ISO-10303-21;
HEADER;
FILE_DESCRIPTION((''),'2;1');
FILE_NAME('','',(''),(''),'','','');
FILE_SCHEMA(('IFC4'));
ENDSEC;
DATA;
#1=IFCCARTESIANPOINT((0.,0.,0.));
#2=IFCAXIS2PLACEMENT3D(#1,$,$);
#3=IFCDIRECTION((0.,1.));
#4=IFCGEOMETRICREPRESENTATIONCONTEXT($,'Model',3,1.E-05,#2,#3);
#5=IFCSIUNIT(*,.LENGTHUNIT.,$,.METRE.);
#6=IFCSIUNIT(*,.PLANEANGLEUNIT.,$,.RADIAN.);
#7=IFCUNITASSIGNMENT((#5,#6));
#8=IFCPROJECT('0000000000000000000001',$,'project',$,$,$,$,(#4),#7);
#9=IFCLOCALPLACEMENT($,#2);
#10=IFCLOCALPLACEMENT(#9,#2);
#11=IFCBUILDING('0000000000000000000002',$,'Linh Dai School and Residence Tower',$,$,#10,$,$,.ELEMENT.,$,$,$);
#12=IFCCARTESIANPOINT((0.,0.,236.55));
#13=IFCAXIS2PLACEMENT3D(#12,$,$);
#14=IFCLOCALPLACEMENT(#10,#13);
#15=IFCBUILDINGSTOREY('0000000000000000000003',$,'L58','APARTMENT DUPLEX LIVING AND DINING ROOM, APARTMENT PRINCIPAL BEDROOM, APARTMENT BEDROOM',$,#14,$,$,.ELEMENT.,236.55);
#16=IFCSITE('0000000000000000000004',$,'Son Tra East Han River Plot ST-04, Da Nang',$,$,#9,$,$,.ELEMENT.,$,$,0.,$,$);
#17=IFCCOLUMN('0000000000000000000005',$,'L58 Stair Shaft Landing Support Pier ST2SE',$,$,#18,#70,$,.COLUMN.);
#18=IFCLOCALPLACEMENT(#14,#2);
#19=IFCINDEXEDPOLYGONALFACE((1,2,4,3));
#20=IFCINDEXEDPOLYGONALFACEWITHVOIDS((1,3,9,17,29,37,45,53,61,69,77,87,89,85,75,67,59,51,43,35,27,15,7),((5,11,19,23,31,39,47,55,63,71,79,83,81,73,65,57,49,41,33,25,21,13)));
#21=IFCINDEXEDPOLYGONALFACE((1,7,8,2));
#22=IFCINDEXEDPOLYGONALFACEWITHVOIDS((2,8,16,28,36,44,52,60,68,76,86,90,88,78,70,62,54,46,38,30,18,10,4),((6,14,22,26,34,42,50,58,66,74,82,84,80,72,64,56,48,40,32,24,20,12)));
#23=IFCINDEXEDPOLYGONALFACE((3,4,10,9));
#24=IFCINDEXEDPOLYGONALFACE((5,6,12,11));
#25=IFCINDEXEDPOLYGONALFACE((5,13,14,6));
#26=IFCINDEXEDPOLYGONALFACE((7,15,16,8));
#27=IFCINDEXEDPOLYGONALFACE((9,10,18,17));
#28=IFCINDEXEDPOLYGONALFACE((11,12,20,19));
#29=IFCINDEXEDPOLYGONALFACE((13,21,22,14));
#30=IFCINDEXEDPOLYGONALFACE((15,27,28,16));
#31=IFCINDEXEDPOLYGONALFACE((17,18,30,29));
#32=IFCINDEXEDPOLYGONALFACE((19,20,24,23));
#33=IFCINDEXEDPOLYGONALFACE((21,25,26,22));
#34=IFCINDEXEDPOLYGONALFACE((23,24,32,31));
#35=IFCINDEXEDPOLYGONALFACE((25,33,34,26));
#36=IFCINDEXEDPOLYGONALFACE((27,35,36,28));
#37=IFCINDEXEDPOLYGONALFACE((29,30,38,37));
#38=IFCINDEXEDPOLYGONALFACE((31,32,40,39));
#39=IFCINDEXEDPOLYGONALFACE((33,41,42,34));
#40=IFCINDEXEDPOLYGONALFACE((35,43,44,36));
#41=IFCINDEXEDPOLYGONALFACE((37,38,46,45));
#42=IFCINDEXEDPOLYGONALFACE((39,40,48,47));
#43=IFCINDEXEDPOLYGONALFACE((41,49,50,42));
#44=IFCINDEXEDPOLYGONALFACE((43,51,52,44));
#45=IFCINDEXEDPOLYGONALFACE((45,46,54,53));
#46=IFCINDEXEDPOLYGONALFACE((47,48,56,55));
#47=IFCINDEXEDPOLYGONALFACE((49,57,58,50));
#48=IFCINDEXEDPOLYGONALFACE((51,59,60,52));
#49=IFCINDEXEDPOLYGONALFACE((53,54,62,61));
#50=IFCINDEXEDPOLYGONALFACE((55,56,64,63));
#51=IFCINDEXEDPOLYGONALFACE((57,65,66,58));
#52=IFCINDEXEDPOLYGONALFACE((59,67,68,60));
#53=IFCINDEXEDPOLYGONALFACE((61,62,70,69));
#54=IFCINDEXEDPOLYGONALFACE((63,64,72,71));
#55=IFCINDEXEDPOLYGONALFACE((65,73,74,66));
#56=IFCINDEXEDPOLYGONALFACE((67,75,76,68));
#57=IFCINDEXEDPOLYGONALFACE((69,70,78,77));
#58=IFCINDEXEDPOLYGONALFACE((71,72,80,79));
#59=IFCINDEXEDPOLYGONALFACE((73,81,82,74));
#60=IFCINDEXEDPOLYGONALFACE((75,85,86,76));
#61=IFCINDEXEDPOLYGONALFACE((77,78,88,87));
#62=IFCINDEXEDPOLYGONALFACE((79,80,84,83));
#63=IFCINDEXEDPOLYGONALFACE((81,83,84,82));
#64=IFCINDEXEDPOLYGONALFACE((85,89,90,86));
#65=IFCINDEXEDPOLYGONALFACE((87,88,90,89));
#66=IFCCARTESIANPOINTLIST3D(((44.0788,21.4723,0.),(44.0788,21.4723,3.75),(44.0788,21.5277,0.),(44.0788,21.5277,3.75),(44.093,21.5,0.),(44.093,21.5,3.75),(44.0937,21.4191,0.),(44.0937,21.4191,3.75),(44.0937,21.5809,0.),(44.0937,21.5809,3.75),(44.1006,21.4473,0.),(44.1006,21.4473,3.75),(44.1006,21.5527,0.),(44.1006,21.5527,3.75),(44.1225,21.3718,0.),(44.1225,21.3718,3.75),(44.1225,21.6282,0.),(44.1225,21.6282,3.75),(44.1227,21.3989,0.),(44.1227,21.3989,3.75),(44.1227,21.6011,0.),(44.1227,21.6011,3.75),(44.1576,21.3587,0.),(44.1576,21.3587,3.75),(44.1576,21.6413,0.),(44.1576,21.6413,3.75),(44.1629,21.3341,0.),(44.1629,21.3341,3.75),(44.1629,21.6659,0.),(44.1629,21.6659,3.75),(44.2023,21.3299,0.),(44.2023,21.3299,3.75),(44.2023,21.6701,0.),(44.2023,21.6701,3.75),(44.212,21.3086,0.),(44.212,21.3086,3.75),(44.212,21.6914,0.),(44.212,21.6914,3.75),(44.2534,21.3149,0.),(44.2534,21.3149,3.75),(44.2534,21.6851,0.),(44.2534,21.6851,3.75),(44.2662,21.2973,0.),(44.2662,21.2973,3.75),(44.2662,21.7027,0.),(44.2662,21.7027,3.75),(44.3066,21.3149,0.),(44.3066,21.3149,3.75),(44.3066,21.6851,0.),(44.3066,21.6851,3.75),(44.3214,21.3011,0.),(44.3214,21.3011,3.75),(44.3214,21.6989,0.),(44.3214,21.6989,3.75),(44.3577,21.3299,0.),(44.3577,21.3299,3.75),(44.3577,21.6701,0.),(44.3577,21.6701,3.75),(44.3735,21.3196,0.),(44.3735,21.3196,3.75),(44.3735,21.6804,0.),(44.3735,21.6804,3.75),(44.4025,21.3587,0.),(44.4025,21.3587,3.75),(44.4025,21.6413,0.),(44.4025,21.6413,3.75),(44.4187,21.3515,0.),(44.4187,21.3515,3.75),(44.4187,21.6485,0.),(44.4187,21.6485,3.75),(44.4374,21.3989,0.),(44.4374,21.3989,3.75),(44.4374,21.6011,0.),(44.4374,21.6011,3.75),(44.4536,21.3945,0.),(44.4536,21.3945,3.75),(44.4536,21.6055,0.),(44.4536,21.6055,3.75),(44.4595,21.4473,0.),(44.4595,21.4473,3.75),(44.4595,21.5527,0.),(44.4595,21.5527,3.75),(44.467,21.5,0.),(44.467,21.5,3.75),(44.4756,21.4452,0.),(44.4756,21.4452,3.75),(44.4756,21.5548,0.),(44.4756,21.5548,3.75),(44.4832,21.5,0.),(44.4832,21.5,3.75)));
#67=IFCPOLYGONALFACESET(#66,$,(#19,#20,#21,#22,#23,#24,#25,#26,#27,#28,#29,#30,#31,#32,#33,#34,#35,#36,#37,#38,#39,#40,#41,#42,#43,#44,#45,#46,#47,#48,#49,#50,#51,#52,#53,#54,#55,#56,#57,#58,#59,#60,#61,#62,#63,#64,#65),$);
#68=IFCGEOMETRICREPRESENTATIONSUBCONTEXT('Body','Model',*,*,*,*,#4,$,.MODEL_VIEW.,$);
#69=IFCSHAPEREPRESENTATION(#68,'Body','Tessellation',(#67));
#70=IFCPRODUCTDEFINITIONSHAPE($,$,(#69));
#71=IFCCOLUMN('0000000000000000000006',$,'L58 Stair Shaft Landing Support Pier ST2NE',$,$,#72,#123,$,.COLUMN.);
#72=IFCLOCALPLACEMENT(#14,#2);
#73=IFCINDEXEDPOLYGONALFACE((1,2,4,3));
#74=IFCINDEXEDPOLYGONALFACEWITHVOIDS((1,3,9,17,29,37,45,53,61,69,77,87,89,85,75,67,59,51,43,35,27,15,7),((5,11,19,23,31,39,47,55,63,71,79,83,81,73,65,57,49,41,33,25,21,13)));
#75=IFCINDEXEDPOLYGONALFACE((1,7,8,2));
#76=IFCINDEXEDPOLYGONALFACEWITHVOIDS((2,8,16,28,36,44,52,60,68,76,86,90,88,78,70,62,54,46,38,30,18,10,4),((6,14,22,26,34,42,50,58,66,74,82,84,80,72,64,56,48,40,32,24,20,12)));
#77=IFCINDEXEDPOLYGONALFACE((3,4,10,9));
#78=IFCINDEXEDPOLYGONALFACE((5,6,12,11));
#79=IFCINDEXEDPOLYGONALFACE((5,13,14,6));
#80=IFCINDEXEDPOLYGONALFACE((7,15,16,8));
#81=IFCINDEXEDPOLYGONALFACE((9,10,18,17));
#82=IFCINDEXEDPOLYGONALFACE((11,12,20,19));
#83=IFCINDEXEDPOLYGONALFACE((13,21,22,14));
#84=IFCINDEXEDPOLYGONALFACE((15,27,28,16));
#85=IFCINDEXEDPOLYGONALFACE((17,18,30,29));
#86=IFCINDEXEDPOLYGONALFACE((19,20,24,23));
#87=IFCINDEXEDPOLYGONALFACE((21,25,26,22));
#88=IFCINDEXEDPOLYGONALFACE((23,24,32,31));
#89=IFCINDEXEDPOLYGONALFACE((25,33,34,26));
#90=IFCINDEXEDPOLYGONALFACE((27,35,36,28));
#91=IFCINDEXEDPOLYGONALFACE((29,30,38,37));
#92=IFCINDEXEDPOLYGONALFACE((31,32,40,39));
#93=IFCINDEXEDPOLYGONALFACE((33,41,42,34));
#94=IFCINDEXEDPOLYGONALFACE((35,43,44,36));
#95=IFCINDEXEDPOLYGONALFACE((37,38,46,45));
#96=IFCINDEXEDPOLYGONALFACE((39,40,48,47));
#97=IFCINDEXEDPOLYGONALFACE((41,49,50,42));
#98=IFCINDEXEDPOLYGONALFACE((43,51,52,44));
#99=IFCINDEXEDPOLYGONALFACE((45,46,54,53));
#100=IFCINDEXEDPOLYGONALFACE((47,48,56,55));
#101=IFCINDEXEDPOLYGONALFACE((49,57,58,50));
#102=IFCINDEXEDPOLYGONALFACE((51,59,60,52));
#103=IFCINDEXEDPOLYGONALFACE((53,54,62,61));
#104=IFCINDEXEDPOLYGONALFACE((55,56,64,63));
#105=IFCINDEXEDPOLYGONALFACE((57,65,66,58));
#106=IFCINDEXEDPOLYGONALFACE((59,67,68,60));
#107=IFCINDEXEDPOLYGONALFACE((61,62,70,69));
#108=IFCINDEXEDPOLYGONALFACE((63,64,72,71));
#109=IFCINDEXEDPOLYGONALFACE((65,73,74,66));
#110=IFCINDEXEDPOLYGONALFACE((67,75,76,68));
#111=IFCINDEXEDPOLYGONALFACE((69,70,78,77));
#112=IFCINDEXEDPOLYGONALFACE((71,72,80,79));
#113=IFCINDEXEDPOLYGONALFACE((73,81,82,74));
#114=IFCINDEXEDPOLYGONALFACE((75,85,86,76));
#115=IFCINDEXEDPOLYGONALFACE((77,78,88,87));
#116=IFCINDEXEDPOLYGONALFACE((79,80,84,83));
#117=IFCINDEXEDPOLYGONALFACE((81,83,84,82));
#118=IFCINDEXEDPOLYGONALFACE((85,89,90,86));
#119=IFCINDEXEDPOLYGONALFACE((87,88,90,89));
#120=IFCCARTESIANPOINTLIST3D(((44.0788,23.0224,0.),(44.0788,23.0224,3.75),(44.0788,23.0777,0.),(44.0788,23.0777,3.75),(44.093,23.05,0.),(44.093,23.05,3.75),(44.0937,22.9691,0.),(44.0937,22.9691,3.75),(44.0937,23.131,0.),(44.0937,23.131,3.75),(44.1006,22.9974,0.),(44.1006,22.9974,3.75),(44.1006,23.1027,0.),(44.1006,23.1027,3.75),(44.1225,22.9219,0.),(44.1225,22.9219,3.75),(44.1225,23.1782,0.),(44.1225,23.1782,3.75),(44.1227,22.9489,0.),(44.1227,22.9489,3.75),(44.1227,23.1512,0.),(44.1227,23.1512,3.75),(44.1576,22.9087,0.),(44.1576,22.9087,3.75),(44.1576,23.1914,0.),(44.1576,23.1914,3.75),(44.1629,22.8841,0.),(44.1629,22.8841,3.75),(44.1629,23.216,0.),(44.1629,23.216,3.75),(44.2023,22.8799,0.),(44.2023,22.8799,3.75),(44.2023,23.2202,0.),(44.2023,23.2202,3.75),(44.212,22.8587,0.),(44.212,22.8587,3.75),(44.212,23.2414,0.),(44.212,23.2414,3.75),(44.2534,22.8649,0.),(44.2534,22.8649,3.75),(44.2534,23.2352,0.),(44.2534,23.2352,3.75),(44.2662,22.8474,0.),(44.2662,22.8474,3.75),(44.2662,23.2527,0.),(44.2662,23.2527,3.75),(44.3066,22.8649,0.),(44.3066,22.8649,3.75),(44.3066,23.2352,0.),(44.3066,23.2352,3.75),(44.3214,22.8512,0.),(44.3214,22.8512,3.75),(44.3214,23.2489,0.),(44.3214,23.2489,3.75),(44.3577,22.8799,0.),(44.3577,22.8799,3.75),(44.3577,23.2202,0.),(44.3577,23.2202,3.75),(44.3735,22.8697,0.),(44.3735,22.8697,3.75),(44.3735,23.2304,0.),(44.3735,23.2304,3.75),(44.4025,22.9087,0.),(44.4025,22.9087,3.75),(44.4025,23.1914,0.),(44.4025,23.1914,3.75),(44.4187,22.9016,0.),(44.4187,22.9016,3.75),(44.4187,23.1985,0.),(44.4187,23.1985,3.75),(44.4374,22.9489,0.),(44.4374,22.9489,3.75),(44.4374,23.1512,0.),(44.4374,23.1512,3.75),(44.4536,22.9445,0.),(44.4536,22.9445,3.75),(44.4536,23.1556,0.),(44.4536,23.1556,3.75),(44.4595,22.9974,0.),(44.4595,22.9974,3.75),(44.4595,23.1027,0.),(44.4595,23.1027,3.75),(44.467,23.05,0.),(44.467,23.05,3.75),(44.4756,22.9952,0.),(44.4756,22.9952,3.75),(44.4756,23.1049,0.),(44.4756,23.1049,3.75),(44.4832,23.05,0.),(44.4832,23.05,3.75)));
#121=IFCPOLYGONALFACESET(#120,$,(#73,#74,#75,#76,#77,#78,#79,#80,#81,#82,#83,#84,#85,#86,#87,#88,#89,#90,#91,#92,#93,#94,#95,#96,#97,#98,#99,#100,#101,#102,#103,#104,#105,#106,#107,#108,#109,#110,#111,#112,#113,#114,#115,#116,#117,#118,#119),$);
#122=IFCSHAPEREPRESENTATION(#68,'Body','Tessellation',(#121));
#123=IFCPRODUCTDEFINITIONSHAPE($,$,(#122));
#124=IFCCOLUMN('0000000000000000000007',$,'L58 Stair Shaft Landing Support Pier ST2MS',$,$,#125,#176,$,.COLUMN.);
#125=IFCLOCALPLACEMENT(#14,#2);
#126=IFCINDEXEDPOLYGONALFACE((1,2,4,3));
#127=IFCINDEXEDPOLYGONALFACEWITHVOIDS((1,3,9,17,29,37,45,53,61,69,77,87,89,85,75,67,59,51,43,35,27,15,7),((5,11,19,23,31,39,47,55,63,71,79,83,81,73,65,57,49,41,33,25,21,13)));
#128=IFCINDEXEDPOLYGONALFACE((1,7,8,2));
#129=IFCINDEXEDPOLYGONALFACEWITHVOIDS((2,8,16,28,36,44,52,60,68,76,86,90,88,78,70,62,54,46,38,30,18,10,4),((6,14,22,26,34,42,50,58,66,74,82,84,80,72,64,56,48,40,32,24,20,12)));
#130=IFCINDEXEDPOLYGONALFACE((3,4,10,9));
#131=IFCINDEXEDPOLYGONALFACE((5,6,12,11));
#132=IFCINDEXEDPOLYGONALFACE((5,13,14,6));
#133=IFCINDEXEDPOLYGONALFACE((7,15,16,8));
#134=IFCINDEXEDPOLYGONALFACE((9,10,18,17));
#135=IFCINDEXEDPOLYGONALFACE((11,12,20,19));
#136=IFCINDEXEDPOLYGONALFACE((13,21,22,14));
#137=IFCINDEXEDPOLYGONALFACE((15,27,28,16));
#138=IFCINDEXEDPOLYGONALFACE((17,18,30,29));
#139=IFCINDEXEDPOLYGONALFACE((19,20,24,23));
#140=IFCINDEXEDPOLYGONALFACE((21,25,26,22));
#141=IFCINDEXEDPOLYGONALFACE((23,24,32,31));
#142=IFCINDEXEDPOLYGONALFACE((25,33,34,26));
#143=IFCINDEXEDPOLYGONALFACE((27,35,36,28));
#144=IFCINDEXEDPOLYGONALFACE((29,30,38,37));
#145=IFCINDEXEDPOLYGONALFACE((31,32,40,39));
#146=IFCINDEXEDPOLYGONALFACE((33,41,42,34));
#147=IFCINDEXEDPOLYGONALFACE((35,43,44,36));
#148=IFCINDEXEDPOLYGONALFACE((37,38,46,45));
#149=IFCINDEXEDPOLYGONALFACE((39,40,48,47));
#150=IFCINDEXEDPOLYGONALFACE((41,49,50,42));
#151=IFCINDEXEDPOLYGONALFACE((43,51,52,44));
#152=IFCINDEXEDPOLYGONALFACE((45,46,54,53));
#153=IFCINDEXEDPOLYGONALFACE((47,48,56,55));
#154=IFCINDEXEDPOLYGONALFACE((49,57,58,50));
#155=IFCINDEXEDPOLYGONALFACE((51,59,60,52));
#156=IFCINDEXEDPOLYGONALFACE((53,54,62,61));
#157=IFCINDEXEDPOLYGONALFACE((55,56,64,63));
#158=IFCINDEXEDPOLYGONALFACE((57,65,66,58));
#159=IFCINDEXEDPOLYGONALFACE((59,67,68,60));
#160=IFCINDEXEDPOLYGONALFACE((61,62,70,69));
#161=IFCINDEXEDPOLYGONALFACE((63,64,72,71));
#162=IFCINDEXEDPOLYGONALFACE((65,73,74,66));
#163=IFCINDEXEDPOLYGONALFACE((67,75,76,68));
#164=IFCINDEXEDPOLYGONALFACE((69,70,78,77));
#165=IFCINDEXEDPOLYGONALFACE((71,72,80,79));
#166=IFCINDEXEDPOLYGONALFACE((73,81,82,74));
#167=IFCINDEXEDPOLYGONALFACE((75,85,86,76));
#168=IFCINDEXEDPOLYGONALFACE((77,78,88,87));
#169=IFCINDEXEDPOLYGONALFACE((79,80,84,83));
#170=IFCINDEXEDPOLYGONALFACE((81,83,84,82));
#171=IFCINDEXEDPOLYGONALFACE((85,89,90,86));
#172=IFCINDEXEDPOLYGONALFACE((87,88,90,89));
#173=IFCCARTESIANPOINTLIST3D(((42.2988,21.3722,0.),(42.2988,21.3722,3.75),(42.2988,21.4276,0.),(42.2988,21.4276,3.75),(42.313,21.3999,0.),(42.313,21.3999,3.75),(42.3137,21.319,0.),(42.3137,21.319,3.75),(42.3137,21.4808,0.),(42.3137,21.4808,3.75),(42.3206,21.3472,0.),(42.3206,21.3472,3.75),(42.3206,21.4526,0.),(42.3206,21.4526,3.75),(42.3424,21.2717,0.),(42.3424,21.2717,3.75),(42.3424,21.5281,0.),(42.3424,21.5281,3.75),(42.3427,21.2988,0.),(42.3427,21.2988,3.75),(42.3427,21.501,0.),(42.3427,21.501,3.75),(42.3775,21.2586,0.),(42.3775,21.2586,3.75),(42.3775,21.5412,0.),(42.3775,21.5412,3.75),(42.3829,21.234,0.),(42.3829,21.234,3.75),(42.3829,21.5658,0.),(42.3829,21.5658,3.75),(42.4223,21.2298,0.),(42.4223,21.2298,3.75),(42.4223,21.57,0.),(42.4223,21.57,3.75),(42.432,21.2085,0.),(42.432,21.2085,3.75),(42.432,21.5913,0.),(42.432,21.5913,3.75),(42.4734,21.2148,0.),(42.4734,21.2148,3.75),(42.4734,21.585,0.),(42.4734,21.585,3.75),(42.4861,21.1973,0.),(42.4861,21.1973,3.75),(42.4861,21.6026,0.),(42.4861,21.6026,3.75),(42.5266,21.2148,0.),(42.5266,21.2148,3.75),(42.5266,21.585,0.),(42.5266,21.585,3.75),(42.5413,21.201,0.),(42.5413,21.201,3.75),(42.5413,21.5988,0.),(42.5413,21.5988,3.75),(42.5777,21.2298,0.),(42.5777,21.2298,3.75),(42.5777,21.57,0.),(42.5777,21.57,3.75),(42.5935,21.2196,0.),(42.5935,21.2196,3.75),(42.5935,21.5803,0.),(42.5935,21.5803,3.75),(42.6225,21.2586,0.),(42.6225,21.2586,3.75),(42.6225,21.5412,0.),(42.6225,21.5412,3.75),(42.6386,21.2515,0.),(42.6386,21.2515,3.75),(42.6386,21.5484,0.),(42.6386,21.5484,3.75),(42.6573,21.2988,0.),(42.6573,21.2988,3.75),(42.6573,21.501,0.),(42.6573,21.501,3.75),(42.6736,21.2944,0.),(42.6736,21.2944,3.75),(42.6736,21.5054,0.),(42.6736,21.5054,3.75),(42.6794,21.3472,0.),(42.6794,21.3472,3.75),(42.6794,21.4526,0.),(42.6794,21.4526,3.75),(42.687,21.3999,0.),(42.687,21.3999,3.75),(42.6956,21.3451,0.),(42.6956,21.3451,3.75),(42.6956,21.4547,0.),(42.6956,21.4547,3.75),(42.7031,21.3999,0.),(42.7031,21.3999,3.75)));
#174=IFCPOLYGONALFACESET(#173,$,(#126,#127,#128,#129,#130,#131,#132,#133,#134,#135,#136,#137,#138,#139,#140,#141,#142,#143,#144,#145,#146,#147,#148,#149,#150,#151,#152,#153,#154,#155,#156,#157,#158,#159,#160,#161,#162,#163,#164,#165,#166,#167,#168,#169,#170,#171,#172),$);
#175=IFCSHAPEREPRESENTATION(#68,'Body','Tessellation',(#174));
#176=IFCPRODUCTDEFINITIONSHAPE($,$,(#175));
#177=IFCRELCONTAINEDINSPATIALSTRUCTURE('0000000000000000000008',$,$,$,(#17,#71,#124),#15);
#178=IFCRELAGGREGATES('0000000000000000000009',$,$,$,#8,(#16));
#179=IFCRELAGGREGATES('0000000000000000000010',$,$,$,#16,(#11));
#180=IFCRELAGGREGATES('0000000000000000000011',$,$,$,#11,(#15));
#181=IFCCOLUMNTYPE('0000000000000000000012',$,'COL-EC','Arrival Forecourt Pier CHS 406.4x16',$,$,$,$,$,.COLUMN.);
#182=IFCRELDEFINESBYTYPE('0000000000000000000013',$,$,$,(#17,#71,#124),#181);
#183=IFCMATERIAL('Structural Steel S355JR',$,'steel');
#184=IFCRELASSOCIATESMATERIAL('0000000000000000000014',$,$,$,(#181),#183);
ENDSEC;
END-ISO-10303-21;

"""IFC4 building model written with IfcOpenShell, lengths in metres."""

from ifc_helpers import new_model, si_unit, direction, frame, origin, origin_2d, place, context, subcontext, project, spatial, hollow_circle, extrude, material, material_profile, profile_set, type_object, element, save


model = new_model("IFC4")

# Units and contexts
model_context = context("Model", 3, precision=1e-05, world=origin(), true_north=direction((0.0, 1.0)))
body_context = subcontext(model_context, "Body", "Model", "MODEL_VIEW")
ifc_project = project(units=[si_unit("LENGTHUNIT", "METRE"), si_unit("PLANEANGLEUNIT", "RADIAN")], contexts=[model_context])

# Site, building, storey
site_placement = place(None, origin())
site = spatial("IfcSite", under=ifc_project, at=site_placement, Name="Son Tra East Han River Plot ST-04, Da Nang", CompositionType="ELEMENT", RefElevation=0.0)
building_placement = place(site_placement, origin())
building = spatial("IfcBuilding", under=site, at=building_placement, Name="Linh Dai School and Residence Tower", CompositionType="ELEMENT")
storey_placement = place(building_placement, frame((0.0, 0.0, 236.55)))
storey = spatial("IfcBuildingStorey", under=building, at=storey_placement, Name="L58", Description="APARTMENT DUPLEX LIVING AND DINING ROOM, APARTMENT PRINCIPAL BEDROOM, APARTMENT BEDROOM", CompositionType="ELEMENT", Elevation=236.55)

# Columns
ifc_material_1 = material(Name="Structural Steel S355JR", Category="steel")
ifc_material_profile_1 = material_profile(ifc_material_1, hollow_circle(Radius=0.2031, WallThickness=0.0161, at=origin_2d()), Name="CHS 406.4x16")
ifc_profile_set_1 = profile_set([ifc_material_profile_1], Name="Structural Steel S355JR")
column_type_1 = type_object("IfcColumnType", Name="COL-EC", Description="Arrival Forecourt Pier CHS 406.4x16", PredefinedType="COLUMN", material=ifc_profile_set_1)
for number, where, z_axis, x_axis, name in (
    (1, (44.28, 21.5, 0.0), (0.0, 0.0, 1.0), (1.0, 0.0, 0.0), "L58 Stair Shaft Landing Support Pier ST2SE"),
    (2, (44.28, 23.05, 0.0), (0.0, 0.0, 1.0), (1.0, 0.0, 0.0), "L58 Stair Shaft Landing Support Pier ST2NE"),
    (3, (42.5, 21.3999, 0.0), (0.0, 0.0, 1.0), (1.0, 0.0, 0.0), "L58 Stair Shaft Landing Support Pier ST2MS"),
):
    element("IfcColumn", number, at=place(storey_placement, frame(where, z_axis=z_axis, x_axis=x_axis)), inside=storey, type_object=column_type_1, Name=name, PredefinedType="COLUMN", context=body_context, shape_type="SweptSolid", body=[
        extrude(hollow_circle(Radius=0.2031, WallThickness=0.0161, at=origin_2d()), origin(), (0.0, 0.0, 1.0), 3.75),
    ])

save(model, "model.ifc")
